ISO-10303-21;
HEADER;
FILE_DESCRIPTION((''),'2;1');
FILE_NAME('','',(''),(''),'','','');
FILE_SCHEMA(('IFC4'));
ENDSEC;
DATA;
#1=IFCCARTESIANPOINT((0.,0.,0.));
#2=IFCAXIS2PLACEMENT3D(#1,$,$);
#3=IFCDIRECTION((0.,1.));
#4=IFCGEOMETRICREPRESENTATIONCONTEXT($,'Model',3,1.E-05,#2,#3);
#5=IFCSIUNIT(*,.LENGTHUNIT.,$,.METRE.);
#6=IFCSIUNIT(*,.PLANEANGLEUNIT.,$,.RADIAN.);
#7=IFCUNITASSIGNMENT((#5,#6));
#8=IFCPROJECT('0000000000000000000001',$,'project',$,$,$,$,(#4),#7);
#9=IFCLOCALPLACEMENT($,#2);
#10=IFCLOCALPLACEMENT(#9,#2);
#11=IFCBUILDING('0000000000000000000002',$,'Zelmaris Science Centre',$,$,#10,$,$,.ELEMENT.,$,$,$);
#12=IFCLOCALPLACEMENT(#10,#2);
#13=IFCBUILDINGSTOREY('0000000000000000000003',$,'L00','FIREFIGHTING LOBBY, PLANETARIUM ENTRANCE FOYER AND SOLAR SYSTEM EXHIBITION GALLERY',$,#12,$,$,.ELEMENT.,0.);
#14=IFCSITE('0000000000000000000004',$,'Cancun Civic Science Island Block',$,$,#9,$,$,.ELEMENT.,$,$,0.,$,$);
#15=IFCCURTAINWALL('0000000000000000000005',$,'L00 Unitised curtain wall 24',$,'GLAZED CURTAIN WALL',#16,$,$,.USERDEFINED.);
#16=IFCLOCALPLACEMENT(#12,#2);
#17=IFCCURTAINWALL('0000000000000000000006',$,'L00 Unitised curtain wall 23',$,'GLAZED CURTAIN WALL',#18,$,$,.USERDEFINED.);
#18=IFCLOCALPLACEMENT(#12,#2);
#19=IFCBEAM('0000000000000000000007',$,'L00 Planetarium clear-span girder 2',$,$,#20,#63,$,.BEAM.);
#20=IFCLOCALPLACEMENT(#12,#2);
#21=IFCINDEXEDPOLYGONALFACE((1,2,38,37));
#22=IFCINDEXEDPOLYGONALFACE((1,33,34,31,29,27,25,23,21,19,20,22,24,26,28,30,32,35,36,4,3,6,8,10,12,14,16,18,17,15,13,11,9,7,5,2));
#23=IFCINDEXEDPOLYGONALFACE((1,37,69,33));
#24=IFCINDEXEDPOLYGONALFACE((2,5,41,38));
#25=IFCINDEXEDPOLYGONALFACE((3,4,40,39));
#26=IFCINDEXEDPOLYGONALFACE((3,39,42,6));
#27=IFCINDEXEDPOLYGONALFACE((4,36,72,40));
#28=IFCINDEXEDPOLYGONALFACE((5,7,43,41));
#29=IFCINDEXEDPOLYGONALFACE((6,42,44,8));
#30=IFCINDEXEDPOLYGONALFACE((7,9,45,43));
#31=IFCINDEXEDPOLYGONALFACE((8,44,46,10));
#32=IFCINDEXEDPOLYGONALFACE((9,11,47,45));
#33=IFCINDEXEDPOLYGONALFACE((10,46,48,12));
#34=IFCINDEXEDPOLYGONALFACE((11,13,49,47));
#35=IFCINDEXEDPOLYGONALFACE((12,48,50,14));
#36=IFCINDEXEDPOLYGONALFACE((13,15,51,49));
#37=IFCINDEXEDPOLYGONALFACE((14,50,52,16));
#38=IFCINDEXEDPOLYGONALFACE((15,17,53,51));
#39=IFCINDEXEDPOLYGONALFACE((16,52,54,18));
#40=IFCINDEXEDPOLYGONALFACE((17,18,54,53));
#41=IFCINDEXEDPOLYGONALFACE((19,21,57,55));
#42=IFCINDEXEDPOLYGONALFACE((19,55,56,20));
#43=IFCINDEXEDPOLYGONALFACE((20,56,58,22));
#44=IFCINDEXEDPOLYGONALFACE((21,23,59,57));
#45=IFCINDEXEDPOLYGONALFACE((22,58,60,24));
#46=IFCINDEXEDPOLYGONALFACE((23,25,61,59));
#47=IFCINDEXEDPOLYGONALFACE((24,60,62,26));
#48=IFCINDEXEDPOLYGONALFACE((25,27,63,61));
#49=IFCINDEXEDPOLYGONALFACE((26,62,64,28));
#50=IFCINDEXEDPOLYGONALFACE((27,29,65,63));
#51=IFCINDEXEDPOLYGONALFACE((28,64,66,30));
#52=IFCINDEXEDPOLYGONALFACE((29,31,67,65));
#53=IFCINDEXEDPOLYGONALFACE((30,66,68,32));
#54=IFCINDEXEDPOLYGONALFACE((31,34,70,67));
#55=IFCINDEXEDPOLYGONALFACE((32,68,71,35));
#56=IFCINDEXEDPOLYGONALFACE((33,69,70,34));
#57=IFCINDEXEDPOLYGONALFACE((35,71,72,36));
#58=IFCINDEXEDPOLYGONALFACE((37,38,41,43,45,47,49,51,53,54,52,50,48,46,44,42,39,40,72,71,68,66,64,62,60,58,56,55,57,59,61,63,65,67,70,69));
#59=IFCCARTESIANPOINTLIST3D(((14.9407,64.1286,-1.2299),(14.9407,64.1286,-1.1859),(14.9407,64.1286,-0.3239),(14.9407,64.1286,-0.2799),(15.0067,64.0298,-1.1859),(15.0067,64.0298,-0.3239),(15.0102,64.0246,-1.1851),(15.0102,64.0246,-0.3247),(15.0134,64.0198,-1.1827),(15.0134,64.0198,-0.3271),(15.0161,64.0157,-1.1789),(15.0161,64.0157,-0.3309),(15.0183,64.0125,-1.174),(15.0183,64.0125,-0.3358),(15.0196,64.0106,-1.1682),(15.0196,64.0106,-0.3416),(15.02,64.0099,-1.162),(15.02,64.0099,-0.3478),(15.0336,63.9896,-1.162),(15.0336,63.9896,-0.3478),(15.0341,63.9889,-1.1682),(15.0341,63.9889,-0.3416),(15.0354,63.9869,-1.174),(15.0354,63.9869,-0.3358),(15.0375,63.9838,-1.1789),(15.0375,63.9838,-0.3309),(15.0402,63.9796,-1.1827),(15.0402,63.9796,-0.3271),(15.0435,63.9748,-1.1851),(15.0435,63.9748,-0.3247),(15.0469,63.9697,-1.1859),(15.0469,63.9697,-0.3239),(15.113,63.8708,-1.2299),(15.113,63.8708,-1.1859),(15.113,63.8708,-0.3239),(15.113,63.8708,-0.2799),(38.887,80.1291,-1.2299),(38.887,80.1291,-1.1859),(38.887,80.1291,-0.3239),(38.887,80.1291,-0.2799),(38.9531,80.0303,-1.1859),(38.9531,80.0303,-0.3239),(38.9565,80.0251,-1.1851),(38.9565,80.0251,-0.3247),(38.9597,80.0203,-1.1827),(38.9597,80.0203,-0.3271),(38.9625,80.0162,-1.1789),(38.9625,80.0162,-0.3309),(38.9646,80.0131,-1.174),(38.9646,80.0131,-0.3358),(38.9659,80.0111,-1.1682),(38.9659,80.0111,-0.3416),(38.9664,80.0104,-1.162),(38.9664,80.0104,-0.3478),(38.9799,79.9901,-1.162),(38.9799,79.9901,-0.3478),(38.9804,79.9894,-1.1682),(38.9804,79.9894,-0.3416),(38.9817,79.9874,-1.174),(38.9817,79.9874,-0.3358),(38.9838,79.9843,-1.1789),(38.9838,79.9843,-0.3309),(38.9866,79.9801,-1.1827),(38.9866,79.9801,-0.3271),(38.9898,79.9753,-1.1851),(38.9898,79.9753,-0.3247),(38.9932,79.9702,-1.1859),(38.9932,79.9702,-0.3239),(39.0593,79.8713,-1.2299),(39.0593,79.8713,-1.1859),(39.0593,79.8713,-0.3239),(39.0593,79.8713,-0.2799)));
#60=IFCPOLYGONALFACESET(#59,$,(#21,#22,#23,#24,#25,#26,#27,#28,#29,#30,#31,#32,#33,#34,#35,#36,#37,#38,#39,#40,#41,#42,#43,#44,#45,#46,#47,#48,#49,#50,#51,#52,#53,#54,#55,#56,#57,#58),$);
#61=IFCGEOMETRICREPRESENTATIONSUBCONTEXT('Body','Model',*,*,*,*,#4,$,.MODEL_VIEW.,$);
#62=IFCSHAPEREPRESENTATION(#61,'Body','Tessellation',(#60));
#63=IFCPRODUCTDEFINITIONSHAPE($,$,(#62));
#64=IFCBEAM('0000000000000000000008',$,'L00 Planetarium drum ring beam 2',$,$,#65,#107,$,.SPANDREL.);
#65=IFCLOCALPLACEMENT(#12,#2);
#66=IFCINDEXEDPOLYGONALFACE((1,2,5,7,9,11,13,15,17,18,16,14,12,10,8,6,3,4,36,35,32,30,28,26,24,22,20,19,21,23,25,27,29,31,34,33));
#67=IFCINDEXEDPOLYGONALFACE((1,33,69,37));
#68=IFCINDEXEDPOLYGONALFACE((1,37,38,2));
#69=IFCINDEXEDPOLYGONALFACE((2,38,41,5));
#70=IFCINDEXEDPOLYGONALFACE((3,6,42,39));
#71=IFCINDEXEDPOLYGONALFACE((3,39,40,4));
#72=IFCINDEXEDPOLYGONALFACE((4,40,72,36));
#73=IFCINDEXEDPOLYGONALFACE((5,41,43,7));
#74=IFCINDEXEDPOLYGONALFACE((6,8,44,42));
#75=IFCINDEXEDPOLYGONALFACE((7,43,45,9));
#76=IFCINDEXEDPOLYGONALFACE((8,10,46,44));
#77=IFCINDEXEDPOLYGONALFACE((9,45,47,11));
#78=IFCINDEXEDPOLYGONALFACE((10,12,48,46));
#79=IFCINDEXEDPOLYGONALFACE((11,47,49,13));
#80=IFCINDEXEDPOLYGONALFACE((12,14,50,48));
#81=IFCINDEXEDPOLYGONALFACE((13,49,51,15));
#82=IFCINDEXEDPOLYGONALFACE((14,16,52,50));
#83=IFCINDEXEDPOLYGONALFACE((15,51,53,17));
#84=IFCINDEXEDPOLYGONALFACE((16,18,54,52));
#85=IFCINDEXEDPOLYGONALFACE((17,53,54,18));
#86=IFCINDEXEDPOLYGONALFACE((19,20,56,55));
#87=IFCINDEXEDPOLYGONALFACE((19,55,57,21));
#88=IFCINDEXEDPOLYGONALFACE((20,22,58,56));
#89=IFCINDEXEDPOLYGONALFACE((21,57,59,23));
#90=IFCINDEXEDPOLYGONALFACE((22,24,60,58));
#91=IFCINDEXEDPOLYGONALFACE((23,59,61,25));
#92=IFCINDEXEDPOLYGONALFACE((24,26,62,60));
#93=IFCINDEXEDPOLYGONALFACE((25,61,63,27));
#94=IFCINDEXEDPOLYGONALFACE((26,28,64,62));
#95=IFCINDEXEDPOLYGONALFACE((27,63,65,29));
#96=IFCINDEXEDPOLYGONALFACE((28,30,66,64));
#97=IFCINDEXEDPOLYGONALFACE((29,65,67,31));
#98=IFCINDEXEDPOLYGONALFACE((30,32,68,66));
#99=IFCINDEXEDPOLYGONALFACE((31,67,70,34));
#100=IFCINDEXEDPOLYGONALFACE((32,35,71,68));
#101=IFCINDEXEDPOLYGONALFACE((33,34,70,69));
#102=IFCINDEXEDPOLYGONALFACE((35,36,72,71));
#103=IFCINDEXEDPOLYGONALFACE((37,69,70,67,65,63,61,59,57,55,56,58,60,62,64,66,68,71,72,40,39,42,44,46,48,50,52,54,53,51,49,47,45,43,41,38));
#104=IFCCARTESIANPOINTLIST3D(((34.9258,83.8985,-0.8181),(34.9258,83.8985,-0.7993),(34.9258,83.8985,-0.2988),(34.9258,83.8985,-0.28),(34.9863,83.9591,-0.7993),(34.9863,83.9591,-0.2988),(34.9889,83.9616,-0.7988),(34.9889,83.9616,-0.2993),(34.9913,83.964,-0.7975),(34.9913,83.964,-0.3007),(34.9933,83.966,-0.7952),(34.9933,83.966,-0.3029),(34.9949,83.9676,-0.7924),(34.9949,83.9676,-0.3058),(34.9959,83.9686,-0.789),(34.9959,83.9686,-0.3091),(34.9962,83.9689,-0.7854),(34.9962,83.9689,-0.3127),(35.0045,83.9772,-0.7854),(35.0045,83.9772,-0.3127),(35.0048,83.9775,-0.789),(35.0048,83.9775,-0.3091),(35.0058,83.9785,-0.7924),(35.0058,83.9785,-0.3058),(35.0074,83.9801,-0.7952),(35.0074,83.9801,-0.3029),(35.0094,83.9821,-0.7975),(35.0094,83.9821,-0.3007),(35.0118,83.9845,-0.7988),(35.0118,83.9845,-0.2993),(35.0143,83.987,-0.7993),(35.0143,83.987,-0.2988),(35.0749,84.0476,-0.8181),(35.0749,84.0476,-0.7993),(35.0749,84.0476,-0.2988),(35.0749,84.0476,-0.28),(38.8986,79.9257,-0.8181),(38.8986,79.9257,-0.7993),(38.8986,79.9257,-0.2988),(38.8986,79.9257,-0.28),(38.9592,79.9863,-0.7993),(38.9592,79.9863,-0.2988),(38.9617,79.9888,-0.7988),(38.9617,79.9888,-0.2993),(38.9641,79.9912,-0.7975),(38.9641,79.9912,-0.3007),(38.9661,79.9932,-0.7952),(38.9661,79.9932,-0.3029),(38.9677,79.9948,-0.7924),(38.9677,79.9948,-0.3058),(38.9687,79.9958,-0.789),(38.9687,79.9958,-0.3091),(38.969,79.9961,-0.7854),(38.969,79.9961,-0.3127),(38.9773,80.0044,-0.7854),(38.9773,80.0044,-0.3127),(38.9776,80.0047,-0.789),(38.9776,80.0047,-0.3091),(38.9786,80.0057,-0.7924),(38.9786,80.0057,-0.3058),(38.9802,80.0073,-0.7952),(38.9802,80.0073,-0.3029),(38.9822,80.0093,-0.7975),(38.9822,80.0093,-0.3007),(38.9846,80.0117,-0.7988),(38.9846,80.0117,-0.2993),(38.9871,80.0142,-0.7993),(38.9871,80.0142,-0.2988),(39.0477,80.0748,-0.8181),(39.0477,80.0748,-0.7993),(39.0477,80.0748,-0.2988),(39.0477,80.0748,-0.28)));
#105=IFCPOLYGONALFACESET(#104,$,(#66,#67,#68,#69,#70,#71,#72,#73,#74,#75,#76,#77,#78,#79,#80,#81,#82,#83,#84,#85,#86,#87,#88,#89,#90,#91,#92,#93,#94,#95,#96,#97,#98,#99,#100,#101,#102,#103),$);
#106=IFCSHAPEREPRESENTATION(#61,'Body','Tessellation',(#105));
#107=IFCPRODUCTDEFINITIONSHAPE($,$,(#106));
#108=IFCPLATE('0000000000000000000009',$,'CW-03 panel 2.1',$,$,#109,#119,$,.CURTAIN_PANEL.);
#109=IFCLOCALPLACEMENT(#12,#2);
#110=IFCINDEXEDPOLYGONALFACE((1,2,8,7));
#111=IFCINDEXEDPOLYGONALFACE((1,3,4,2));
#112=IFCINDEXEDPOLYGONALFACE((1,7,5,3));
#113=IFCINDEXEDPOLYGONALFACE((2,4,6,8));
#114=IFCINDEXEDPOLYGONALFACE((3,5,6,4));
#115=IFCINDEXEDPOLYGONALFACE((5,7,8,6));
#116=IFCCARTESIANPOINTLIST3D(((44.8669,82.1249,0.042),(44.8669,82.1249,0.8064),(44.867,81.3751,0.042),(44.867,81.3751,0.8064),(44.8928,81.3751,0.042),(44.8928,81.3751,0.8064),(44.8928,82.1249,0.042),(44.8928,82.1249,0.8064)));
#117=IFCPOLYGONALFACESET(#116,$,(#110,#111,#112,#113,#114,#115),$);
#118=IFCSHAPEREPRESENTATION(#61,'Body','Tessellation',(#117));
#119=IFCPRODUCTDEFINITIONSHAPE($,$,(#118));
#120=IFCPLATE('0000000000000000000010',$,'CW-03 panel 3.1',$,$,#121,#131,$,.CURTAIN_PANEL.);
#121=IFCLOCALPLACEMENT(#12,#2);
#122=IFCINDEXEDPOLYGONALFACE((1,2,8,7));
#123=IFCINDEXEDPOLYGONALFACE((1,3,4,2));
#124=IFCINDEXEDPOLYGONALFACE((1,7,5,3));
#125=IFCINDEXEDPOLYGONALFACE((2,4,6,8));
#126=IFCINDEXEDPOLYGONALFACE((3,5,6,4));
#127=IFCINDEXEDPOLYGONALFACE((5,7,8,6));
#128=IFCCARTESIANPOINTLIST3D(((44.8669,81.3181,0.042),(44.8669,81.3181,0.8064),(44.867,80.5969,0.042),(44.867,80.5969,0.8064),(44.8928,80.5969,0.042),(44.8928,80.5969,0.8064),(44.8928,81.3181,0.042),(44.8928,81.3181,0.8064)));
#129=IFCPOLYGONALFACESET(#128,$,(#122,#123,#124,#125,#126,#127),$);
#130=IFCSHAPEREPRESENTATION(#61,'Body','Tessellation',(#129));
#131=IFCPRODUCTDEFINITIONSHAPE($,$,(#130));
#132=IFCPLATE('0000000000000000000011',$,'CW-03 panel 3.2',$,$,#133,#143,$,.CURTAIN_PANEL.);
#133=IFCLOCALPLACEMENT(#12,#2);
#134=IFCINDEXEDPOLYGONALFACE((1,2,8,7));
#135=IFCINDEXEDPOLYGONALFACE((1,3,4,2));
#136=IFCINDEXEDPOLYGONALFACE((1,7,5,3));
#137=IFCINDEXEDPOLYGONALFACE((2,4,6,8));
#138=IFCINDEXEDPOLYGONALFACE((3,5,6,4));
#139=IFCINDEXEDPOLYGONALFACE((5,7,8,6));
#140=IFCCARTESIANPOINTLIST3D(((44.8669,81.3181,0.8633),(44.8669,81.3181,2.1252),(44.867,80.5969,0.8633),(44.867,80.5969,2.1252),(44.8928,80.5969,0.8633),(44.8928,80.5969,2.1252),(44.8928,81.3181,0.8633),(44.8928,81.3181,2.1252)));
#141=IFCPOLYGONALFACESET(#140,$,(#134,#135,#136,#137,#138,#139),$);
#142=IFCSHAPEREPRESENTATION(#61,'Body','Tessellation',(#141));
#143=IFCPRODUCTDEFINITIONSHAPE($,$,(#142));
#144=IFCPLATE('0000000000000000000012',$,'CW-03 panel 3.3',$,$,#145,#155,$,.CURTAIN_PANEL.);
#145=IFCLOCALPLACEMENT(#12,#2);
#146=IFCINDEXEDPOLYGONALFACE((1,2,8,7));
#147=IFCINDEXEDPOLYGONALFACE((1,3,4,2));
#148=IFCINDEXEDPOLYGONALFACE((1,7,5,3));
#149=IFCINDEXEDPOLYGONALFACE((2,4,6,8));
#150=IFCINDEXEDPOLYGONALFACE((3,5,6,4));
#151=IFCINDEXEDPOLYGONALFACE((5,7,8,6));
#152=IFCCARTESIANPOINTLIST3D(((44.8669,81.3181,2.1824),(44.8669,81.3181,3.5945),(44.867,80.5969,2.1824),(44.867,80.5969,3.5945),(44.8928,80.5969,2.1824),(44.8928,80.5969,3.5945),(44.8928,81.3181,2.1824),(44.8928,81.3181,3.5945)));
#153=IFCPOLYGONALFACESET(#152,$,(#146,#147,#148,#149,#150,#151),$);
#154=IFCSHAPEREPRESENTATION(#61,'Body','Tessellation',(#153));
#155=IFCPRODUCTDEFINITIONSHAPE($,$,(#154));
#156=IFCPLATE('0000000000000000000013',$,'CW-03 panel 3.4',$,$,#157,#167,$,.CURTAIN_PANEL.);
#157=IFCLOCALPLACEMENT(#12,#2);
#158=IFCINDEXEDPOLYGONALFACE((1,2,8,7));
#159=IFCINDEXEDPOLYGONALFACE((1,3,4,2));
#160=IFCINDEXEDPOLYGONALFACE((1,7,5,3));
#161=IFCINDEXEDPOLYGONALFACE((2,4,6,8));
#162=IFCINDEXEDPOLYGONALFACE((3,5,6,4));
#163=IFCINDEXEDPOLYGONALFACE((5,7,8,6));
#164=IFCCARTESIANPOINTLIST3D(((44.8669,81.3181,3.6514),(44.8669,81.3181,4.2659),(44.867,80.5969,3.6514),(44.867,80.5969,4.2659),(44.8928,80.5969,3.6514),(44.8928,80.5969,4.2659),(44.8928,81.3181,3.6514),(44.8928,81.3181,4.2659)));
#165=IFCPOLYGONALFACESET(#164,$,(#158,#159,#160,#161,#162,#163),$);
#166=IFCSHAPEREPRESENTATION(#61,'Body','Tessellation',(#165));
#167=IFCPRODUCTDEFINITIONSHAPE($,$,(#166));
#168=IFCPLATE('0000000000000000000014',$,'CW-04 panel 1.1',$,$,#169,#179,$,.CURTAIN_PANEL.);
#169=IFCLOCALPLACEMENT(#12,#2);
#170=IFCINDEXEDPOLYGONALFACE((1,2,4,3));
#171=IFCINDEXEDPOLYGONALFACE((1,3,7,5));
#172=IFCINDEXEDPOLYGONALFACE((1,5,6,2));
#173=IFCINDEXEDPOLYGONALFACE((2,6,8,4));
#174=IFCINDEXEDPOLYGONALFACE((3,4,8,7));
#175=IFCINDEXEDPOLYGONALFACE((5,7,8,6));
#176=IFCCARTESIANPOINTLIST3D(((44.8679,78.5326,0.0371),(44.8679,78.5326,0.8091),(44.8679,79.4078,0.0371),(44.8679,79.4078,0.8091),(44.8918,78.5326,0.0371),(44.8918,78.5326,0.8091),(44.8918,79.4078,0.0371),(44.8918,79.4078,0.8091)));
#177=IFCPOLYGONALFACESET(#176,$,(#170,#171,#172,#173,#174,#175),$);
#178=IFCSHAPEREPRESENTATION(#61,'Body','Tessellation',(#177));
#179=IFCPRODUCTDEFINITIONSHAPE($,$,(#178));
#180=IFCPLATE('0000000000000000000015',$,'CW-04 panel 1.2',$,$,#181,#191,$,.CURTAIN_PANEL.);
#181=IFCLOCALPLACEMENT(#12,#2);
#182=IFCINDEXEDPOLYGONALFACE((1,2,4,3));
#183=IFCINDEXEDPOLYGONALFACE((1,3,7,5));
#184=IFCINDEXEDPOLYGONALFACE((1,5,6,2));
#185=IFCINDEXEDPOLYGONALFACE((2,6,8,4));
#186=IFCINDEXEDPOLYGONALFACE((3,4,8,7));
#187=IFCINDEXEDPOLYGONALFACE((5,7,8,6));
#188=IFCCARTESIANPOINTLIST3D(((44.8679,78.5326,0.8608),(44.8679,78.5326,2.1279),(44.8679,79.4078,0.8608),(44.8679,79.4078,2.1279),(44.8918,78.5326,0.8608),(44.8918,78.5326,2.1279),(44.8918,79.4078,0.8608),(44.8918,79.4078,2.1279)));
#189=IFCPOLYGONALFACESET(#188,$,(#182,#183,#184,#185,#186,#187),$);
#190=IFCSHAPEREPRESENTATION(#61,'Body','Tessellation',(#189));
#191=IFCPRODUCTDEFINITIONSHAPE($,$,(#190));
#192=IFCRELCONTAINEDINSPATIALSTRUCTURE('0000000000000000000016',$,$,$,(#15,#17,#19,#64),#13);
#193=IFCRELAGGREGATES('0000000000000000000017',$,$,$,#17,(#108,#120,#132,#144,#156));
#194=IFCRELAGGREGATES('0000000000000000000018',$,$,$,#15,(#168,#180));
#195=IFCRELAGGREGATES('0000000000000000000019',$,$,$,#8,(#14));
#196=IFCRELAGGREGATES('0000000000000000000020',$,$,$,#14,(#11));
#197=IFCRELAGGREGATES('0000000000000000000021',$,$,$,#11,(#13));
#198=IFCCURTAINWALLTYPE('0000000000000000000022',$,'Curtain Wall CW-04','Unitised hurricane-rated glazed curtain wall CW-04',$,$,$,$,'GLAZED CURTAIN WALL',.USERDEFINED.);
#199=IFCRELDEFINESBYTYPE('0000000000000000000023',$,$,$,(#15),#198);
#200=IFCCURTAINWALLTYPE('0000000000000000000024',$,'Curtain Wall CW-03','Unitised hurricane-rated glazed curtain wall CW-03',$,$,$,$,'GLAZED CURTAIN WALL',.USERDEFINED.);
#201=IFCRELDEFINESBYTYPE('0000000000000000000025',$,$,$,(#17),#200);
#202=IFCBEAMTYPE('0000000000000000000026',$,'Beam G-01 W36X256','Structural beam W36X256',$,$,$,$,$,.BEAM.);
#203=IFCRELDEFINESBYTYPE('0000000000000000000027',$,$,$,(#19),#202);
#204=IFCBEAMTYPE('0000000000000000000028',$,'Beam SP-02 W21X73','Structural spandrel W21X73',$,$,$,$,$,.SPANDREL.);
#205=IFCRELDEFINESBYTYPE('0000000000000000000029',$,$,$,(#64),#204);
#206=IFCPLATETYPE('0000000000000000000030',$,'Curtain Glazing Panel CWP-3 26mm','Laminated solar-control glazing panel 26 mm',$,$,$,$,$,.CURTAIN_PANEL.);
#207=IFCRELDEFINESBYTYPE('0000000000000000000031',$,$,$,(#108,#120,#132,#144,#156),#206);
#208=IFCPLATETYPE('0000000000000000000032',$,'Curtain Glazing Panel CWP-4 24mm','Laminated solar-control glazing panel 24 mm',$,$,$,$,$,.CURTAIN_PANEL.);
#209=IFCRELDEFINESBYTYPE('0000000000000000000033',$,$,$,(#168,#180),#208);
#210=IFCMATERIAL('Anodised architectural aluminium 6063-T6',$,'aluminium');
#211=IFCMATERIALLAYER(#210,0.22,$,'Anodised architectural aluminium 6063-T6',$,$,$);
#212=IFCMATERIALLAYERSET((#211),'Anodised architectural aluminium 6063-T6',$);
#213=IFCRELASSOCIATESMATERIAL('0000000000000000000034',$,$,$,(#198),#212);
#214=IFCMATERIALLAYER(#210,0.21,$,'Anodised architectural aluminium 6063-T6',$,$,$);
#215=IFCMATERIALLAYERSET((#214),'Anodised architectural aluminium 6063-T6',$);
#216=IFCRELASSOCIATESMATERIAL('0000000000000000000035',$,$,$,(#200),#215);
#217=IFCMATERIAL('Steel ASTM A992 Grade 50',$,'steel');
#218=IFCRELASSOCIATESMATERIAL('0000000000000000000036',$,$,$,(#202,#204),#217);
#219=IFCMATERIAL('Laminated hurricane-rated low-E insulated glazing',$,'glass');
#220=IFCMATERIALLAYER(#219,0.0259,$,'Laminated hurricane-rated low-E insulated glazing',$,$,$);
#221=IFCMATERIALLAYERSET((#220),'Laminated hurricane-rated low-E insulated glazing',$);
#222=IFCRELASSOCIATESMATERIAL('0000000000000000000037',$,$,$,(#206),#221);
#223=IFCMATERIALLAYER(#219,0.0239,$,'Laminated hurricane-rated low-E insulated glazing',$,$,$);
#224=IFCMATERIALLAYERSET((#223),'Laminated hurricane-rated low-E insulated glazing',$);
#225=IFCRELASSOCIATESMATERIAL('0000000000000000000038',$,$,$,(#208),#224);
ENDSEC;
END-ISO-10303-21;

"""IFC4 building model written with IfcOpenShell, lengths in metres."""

from ifc_helpers import new_model, si_unit, direction, frame, origin, origin_2d, place, context, subcontext, project, spatial, rectangle, i_section, extrude, material, layer, layer_set, material_profile, profile_set, type_object, element, aggregate, save


model = new_model("IFC4")

# Units and contexts
model_context = context("Model", 3, precision=1e-05, world=origin(), true_north=direction((0.0, 1.0)))
body_context = subcontext(model_context, "Body", "Model", "MODEL_VIEW")
ifc_project = project(units=[si_unit("LENGTHUNIT", "METRE"), si_unit("PLANEANGLEUNIT", "RADIAN")], contexts=[model_context])

# Site, building, storey
site_placement = place(None, origin())
site = spatial("IfcSite", under=ifc_project, at=site_placement, Name="Cancun Civic Science Island Block", CompositionType="ELEMENT", RefElevation=0.0)
building_placement = place(site_placement, origin())
building = spatial("IfcBuilding", under=site, at=building_placement, Name="Zelmaris Science Centre", CompositionType="ELEMENT")
storey_placement = place(building_placement, origin())
storey = spatial("IfcBuildingStorey", under=building, at=storey_placement, Name="L00", Description="FIREFIGHTING LOBBY, PLANETARIUM ENTRANCE FOYER AND SOLAR SYSTEM EXHIBITION GALLERY", CompositionType="ELEMENT", Elevation=0.0)

# Curtain walls
ifc_material_1 = material(Name="Anodised architectural aluminium 6063-T6", Category="aluminium")
ifc_layer_1 = layer(ifc_material_1, 0.22, Name="Anodised architectural aluminium 6063-T6")
ifc_layer_set_1 = layer_set([ifc_layer_1], Name="Anodised architectural aluminium 6063-T6")
curtain_wall_type_1 = type_object("IfcCurtainWallType", Name="Curtain Wall CW-04", Description="Unitised hurricane-rated glazed curtain wall CW-04", ElementType="GLAZED CURTAIN WALL", PredefinedType="USERDEFINED", material=ifc_layer_set_1)
curtain_wall_1_placement = place(storey_placement, origin())
curtain_wall_1 = element("IfcCurtainWall", 1, at=curtain_wall_1_placement, inside=storey, type_object=curtain_wall_type_1, Name="L00 Unitised curtain wall 24", ObjectType="GLAZED CURTAIN WALL", PredefinedType="USERDEFINED")
ifc_layer_2 = layer(ifc_material_1, 0.21, Name="Anodised architectural aluminium 6063-T6")
ifc_layer_set_2 = layer_set([ifc_layer_2], Name="Anodised architectural aluminium 6063-T6")
curtain_wall_type_2 = type_object("IfcCurtainWallType", Name="Curtain Wall CW-03", Description="Unitised hurricane-rated glazed curtain wall CW-03", ElementType="GLAZED CURTAIN WALL", PredefinedType="USERDEFINED", material=ifc_layer_set_2)
curtain_wall_2_placement = place(storey_placement, origin())
curtain_wall_2 = element("IfcCurtainWall", 2, at=curtain_wall_2_placement, inside=storey, type_object=curtain_wall_type_2, Name="L00 Unitised curtain wall 23", ObjectType="GLAZED CURTAIN WALL", PredefinedType="USERDEFINED")

# Beams
ifc_material_2 = material(Name="Steel ASTM A992 Grade 50", Category="steel")
ifc_material_profile_1 = material_profile(ifc_material_2, i_section(OverallWidth=0.3101, OverallDepth=0.95, WebThickness=0.0244, FlangeThickness=0.0439, FilletRadius=0.0239, at=origin_2d()), Name="W36X256")
ifc_profile_set_1 = profile_set([ifc_material_profile_1], Name="Steel ASTM A992 Grade 50")
beam_type_1 = type_object("IfcBeamType", Name="Beam G-01 W36X256", Description="Structural beam W36X256", PredefinedType="BEAM", material=ifc_profile_set_1)
beam_1_placement = place(storey_placement, frame((38.9731, 80.0002, -0.7549), z_axis=(-0.831468, -0.555572, 0.0), x_axis=(0.555572, -0.831468, 0.0)))
element("IfcBeam", 3, at=beam_1_placement, inside=storey, type_object=beam_type_1, Name="L00 Planetarium clear-span girder 2", PredefinedType="BEAM", context=body_context, shape_type="SweptSolid", body=[
    extrude(i_section(OverallWidth=0.3101, OverallDepth=0.95, WebThickness=0.0244, FlangeThickness=0.0439, FilletRadius=0.0239, at=origin_2d()), origin(), (0.0, 0.0, 1.0), 28.8),
])
ifc_material_profile_2 = material_profile(ifc_material_2, i_section(OverallWidth=0.2109, OverallDepth=0.5381, WebThickness=0.0117, FlangeThickness=0.0188, FilletRadius=0.0139, at=origin_2d()), Name="W21X73")
ifc_profile_set_2 = profile_set([ifc_material_profile_2], Name="Steel ASTM A992 Grade 50")
beam_type_2 = type_object("IfcBeamType", Name="Beam SP-02 W21X73", Description="Structural spandrel W21X73", PredefinedType="SPANDREL", material=ifc_profile_set_2)
beam_2_placement = place(storey_placement, frame((38.9731, 80.0002, -0.5491), z_axis=(-0.707107, 0.707107, 0.0), x_axis=(-0.707107, -0.707107, 0.0)))
element("IfcBeam", 4, at=beam_2_placement, inside=storey, type_object=beam_type_2, Name="L00 Planetarium drum ring beam 2", PredefinedType="SPANDREL", context=body_context, shape_type="SweptSolid", body=[
    extrude(i_section(OverallWidth=0.2109, OverallDepth=0.5381, WebThickness=0.0117, FlangeThickness=0.0188, FilletRadius=0.0139, at=origin_2d()), origin(), (0.0, 0.0, 1.0), 5.6184),
])

# Plates
ifc_material_3 = material(Name="Laminated hurricane-rated low-E insulated glazing", Category="glass")
ifc_layer_3 = layer(ifc_material_3, 0.0259, Name="Laminated hurricane-rated low-E insulated glazing")
ifc_layer_set_3 = layer_set([ifc_layer_3], Name="Laminated hurricane-rated low-E insulated glazing")
plate_type_1 = type_object("IfcPlateType", Name="Curtain Glazing Panel CWP-3 26mm", Description="Laminated solar-control glazing panel 26 mm", PredefinedType="CURTAIN_PANEL", material=ifc_layer_set_3)
plate_1_placement = place(storey_placement, frame((44.8799, 81.75, 0.042), z_axis=(0.0, 0.0, 1.0), x_axis=(0.000041, -1.0, 0.0)))
plate_1 = element("IfcPlate", 5, at=plate_1_placement, type_object=plate_type_1, Name="CW-03 panel 2.1", PredefinedType="CURTAIN_PANEL", context=body_context, shape_type="SweptSolid", body=[
    extrude(rectangle(XDim=0.7498, YDim=0.0259, at=origin_2d()), origin(), (0.0, 0.0, 1.0), 0.7644),
])
plate_2_placement = place(storey_placement, frame((44.8799, 80.9575, 0.042), z_axis=(0.0, 0.0, 1.0), x_axis=(0.000041, -1.0, 0.0)))
plate_2 = element("IfcPlate", 6, at=plate_2_placement, type_object=plate_type_1, Name="CW-03 panel 3.1", PredefinedType="CURTAIN_PANEL", context=body_context, shape_type="SweptSolid", body=[
    extrude(rectangle(XDim=0.7212, YDim=0.0259, at=origin_2d()), origin(), (0.0, 0.0, 1.0), 0.7644),
])
plate_3_placement = place(storey_placement, frame((44.8799, 80.9575, 0.8633), z_axis=(0.0, 0.0, 1.0), x_axis=(0.000041, -1.0, 0.0)))
plate_3 = element("IfcPlate", 7, at=plate_3_placement, type_object=plate_type_1, Name="CW-03 panel 3.2", PredefinedType="CURTAIN_PANEL", context=body_context, shape_type="SweptSolid", body=[
    extrude(rectangle(XDim=0.7212, YDim=0.0259, at=origin_2d()), origin(), (0.0, 0.0, 1.0), 1.262),
])
plate_4_placement = place(storey_placement, frame((44.8799, 80.9575, 2.1824), z_axis=(0.0, 0.0, 1.0), x_axis=(0.000041, -1.0, 0.0)))
plate_4 = element("IfcPlate", 8, at=plate_4_placement, type_object=plate_type_1, Name="CW-03 panel 3.3", PredefinedType="CURTAIN_PANEL", context=body_context, shape_type="SweptSolid", body=[
    extrude(rectangle(XDim=0.7212, YDim=0.0259, at=origin_2d()), origin(), (0.0, 0.0, 1.0), 1.4121),
])
plate_5_placement = place(storey_placement, frame((44.8799, 80.9575, 3.6514), z_axis=(0.0, 0.0, 1.0), x_axis=(0.000041, -1.0, 0.0)))
plate_5 = element("IfcPlate", 9, at=plate_5_placement, type_object=plate_type_1, Name="CW-03 panel 3.4", PredefinedType="CURTAIN_PANEL", context=body_context, shape_type="SweptSolid", body=[
    extrude(rectangle(XDim=0.7212, YDim=0.0259, at=origin_2d()), origin(), (0.0, 0.0, 1.0), 0.6145),
])
aggregate(curtain_wall_2, [plate_1, plate_2, plate_3, plate_4, plate_5])
ifc_layer_4 = layer(ifc_material_3, 0.0239, Name="Laminated hurricane-rated low-E insulated glazing")
ifc_layer_set_4 = layer_set([ifc_layer_4], Name="Laminated hurricane-rated low-E insulated glazing")
plate_type_2 = type_object("IfcPlateType", Name="Curtain Glazing Panel CWP-4 24mm", Description="Laminated solar-control glazing panel 24 mm", PredefinedType="CURTAIN_PANEL", material=ifc_layer_set_4)
plate_6_placement = place(storey_placement, frame((44.8799, 78.9702, 0.0371), z_axis=(0.0, 0.0, 1.0), x_axis=(0.0, -1.0, 0.0)))
plate_6 = element("IfcPlate", 10, at=plate_6_placement, type_object=plate_type_2, Name="CW-04 panel 1.1", PredefinedType="CURTAIN_PANEL", context=body_context, shape_type="SweptSolid", body=[
    extrude(rectangle(XDim=0.8752, YDim=0.0239, at=origin_2d()), origin(), (0.0, 0.0, 1.0), 0.772),
])
plate_7_placement = place(storey_placement, frame((44.8799, 78.9702, 0.8608), z_axis=(0.0, 0.0, 1.0), x_axis=(0.0, -1.0, 0.0)))
plate_7 = element("IfcPlate", 11, at=plate_7_placement, type_object=plate_type_2, Name="CW-04 panel 1.2", PredefinedType="CURTAIN_PANEL", context=body_context, shape_type="SweptSolid", body=[
    extrude(rectangle(XDim=0.8752, YDim=0.0239, at=origin_2d()), origin(), (0.0, 0.0, 1.0), 1.2671),
])
aggregate(curtain_wall_1, [plate_6, plate_7])

save(model, "model.ifc")
